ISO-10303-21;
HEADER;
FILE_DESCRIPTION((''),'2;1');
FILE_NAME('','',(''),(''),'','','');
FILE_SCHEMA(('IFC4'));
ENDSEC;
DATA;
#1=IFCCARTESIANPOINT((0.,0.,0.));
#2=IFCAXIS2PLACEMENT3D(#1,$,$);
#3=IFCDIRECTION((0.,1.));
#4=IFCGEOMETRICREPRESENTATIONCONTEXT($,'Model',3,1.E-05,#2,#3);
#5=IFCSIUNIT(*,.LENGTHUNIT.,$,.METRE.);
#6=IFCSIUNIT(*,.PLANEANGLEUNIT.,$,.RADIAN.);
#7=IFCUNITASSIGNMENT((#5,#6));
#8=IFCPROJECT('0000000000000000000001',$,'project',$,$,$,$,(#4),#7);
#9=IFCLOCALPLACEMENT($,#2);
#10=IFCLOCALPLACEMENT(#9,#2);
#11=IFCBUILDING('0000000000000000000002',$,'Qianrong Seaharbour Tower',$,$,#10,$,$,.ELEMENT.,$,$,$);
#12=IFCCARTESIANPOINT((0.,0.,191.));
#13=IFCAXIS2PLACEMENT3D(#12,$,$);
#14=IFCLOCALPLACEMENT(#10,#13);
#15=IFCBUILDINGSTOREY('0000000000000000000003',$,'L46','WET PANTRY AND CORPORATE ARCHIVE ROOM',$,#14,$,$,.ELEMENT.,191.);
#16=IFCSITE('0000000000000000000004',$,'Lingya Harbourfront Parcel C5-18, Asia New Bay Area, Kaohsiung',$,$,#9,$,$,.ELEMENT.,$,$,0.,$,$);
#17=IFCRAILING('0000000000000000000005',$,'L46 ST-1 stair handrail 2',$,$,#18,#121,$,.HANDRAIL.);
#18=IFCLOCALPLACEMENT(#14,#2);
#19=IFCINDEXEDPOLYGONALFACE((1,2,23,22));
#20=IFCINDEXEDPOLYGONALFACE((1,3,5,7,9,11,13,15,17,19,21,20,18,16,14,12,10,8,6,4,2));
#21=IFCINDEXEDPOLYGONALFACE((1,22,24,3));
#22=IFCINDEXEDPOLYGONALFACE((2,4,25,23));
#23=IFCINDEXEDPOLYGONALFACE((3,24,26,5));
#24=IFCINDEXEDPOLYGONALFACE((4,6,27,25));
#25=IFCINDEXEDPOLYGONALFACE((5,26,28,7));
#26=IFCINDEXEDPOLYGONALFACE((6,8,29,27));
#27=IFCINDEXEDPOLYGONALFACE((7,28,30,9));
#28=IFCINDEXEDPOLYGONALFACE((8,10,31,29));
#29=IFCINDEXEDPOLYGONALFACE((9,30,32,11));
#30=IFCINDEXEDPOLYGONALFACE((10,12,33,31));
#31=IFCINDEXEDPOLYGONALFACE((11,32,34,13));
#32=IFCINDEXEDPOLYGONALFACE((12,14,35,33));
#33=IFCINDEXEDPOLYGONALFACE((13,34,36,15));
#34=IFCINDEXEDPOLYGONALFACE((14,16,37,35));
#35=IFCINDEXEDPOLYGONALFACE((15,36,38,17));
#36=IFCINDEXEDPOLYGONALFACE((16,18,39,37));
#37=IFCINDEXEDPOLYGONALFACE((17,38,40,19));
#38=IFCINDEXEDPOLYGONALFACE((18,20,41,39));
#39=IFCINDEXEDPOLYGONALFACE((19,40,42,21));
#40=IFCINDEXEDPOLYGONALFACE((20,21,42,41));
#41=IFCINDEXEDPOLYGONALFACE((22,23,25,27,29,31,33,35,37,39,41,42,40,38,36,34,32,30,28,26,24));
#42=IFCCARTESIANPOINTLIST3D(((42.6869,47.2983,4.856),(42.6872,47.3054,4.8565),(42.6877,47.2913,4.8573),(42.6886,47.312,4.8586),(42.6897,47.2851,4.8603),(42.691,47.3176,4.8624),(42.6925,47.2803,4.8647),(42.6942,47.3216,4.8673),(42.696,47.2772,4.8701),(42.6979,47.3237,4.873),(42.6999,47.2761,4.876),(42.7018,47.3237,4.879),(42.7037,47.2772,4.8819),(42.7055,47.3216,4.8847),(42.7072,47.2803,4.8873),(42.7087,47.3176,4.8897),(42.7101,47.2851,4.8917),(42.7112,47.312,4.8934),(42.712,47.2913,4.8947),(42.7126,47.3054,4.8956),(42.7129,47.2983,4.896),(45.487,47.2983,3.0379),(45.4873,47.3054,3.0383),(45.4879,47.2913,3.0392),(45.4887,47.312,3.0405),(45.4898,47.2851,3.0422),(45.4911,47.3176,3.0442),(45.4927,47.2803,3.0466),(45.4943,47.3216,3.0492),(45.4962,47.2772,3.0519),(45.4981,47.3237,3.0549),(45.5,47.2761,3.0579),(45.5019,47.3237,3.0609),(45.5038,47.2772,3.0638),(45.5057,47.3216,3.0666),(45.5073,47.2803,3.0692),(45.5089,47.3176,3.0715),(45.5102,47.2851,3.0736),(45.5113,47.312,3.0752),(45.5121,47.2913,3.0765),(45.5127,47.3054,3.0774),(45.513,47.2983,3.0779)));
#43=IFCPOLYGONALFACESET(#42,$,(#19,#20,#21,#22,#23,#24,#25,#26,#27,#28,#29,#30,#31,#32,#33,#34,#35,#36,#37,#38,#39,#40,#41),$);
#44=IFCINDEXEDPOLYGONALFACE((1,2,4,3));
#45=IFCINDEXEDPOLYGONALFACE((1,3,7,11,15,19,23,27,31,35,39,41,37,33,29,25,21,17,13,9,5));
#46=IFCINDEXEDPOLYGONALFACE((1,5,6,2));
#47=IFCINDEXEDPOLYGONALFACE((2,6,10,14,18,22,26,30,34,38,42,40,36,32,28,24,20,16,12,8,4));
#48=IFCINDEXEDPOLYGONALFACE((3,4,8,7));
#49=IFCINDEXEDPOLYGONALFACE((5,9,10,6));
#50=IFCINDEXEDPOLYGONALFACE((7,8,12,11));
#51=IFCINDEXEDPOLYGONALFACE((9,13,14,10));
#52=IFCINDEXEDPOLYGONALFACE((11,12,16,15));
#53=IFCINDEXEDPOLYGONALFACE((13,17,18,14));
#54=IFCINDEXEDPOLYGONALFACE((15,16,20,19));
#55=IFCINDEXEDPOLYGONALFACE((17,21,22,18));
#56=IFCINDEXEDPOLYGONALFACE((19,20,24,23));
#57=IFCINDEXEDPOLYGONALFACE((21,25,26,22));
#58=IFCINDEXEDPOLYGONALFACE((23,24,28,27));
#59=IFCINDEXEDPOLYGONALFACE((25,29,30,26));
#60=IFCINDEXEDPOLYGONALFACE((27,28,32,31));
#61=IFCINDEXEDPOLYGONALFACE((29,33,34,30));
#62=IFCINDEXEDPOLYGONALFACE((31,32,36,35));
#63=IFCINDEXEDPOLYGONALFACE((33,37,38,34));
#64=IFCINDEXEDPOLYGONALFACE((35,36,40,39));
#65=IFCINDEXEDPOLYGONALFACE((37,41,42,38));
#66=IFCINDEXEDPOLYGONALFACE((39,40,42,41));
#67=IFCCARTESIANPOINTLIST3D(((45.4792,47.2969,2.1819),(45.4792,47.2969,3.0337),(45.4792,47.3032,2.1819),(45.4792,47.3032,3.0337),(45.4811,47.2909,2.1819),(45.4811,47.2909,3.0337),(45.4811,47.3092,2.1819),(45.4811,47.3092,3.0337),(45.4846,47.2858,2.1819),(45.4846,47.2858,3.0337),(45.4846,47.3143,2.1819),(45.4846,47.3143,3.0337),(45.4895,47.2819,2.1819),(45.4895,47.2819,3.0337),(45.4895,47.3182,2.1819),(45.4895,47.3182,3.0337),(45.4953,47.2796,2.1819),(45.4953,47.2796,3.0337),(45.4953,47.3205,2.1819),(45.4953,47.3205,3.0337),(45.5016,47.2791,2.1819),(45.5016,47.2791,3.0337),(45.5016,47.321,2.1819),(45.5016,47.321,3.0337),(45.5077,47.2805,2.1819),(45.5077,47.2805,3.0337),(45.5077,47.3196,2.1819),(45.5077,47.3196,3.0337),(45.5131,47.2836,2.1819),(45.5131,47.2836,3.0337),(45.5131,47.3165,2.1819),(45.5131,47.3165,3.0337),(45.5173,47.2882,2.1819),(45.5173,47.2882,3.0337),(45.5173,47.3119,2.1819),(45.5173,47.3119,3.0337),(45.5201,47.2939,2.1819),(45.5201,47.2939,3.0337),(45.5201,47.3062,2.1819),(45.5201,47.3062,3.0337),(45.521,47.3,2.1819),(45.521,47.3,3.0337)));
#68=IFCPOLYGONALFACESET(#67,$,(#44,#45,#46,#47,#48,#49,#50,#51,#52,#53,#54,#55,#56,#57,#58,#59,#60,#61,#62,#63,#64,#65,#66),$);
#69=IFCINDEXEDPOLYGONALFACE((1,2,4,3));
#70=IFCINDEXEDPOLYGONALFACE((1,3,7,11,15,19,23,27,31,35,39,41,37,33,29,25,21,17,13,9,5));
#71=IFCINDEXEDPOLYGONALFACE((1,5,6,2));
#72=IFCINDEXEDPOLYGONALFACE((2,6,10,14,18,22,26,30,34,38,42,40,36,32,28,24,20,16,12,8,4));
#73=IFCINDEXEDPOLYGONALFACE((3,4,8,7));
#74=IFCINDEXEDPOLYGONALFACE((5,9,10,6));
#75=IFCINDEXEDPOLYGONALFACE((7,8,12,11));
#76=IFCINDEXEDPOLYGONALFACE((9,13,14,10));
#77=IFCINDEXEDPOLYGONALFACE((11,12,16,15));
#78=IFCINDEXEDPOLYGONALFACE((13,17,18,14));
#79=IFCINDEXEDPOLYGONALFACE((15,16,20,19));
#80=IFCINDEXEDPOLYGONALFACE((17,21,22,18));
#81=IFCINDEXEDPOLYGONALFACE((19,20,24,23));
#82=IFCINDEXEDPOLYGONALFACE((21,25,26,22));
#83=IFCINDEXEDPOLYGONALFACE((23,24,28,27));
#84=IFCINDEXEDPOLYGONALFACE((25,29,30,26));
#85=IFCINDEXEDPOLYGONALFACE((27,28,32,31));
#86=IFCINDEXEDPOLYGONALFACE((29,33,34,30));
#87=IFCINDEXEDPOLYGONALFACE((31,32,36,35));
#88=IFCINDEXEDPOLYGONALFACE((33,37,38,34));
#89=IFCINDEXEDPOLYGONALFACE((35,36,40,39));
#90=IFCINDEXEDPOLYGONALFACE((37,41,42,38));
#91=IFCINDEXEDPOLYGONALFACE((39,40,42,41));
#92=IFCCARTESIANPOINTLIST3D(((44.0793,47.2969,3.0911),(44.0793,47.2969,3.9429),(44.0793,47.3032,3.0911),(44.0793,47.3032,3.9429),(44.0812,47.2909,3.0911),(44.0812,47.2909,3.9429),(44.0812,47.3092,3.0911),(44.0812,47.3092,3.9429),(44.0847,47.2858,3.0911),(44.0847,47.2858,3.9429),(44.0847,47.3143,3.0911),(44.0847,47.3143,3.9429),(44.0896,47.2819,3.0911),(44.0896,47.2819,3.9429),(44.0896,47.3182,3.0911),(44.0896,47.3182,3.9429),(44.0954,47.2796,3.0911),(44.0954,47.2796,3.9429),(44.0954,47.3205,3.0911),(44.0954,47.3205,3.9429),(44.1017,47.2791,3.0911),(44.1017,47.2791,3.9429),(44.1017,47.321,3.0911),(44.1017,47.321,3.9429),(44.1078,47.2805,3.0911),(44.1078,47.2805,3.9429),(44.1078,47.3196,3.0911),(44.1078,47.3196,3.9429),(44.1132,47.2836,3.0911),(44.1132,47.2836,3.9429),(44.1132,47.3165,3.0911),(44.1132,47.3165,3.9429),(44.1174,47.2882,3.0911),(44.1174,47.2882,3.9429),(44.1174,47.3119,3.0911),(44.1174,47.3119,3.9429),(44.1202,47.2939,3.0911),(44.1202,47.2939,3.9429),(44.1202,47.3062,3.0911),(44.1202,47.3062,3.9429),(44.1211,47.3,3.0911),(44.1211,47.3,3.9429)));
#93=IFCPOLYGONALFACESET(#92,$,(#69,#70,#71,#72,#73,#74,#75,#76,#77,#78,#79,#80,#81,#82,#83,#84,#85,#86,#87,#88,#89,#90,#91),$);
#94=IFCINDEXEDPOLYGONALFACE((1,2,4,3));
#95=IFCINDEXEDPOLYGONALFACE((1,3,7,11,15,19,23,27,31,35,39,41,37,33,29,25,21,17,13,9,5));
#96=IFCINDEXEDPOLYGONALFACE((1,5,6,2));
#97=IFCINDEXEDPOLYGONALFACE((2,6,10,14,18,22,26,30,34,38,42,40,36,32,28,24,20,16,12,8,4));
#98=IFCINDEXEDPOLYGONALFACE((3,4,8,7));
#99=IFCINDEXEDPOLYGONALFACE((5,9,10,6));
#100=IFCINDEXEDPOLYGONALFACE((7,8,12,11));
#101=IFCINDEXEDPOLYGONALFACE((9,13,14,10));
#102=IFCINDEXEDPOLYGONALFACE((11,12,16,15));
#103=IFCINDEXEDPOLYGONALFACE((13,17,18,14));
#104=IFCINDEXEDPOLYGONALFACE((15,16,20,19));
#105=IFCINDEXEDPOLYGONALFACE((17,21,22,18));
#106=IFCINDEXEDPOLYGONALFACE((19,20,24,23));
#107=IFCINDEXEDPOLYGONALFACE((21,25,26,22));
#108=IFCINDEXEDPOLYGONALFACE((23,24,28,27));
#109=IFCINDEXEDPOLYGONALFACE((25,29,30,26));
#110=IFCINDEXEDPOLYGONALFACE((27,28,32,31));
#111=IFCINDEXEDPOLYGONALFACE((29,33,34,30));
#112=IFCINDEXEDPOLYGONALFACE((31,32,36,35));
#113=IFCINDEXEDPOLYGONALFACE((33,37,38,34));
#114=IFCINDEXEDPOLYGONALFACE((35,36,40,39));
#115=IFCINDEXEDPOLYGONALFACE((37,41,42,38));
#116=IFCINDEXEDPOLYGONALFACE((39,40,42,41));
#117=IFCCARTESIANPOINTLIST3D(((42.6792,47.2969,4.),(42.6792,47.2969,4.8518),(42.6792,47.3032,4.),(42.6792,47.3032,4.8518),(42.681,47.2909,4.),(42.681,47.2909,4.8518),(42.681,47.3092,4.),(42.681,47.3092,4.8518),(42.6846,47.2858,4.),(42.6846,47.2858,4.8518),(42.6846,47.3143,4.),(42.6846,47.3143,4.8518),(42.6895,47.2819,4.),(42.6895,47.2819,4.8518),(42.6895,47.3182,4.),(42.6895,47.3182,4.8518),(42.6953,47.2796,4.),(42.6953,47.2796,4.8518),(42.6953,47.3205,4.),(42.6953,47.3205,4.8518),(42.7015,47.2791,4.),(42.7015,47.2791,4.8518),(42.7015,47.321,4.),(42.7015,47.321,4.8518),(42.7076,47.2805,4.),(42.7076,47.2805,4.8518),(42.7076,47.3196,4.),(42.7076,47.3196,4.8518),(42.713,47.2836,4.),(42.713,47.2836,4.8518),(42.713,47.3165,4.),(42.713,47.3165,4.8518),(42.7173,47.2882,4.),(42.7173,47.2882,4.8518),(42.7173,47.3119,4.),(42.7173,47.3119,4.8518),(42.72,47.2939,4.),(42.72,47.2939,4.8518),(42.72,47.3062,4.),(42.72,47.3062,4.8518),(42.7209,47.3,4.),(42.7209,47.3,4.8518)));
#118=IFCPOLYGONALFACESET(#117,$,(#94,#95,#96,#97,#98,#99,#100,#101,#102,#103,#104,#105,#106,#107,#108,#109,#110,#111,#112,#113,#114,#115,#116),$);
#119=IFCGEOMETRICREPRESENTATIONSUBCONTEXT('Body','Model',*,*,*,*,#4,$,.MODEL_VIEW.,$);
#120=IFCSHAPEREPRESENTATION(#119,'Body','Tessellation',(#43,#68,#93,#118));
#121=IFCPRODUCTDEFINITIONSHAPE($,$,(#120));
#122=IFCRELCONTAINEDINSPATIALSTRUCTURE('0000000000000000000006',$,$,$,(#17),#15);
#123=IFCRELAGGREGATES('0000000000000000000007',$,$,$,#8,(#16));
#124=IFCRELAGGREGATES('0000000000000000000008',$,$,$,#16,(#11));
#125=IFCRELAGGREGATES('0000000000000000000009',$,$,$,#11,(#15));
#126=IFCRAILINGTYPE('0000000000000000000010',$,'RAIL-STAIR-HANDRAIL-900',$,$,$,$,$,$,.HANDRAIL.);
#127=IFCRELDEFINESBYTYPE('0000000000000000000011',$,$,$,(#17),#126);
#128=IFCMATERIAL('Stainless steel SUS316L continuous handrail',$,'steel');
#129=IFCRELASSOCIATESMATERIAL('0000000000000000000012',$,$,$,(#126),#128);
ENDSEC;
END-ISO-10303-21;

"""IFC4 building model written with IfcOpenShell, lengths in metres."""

from ifc_helpers import new_model, si_unit, direction, frame, origin, origin_2d, place, context, subcontext, project, spatial, circle, extrude, material, type_object, element, save


model = new_model("IFC4")

# Units and contexts
model_context = context("Model", 3, precision=1e-05, world=origin(), true_north=direction((0.0, 1.0)))
body_context = subcontext(model_context, "Body", "Model", "MODEL_VIEW")
ifc_project = project(units=[si_unit("LENGTHUNIT", "METRE"), si_unit("PLANEANGLEUNIT", "RADIAN")], contexts=[model_context])

# Site, building, storey
site_placement = place(None, origin())
site = spatial("IfcSite", under=ifc_project, at=site_placement, Name="Lingya Harbourfront Parcel C5-18, Asia New Bay Area, Kaohsiung", CompositionType="ELEMENT", RefElevation=0.0)
building_placement = place(site_placement, origin())
building = spatial("IfcBuilding", under=site, at=building_placement, Name="Qianrong Seaharbour Tower", CompositionType="ELEMENT")
storey_placement = place(building_placement, frame((0.0, 0.0, 191.0)))
storey = spatial("IfcBuildingStorey", under=building, at=storey_placement, Name="L46", Description="WET PANTRY AND CORPORATE ARCHIVE ROOM", CompositionType="ELEMENT", Elevation=191.0)

# Railing
ifc_material_1 = material(Name="Stainless steel SUS316L continuous handrail", Category="steel")
railing_type_1 = type_object("IfcRailingType", Name="RAIL-STAIR-HANDRAIL-900", PredefinedType="HANDRAIL", material=ifc_material_1)
railing_1_placement = place(storey_placement, frame((45.5, 47.3, 2.1819)))
element("IfcRailing", 1, at=railing_1_placement, inside=storey, type_object=railing_type_1, Name="L46 ST-1 stair handrail 2", PredefinedType="HANDRAIL", context=body_context, shape_type="SweptSolid", body=[
    extrude(circle(Radius=0.0239, at=origin_2d()), frame((0.0, 0.0, 0.876), z_axis=(-0.838706, 0.0, 0.544585), x_axis=(0.0, -1.0, 0.0)), (0.0, 0.0, 1.0), 3.3386),
    extrude(circle(Radius=0.021, at=origin_2d()), origin(), (0.0, 0.0, 1.0), 0.8518),
    extrude(circle(Radius=0.021, at=origin_2d()), frame((-1.3999, 0.0, 0.9092)), (0.0, 0.0, 1.0), 0.8518),
    extrude(circle(Radius=0.021, at=origin_2d()), frame((-2.8, 0.0, 1.8181)), (0.0, 0.0, 1.0), 0.8518),
])

save(model, "model.ifc")
